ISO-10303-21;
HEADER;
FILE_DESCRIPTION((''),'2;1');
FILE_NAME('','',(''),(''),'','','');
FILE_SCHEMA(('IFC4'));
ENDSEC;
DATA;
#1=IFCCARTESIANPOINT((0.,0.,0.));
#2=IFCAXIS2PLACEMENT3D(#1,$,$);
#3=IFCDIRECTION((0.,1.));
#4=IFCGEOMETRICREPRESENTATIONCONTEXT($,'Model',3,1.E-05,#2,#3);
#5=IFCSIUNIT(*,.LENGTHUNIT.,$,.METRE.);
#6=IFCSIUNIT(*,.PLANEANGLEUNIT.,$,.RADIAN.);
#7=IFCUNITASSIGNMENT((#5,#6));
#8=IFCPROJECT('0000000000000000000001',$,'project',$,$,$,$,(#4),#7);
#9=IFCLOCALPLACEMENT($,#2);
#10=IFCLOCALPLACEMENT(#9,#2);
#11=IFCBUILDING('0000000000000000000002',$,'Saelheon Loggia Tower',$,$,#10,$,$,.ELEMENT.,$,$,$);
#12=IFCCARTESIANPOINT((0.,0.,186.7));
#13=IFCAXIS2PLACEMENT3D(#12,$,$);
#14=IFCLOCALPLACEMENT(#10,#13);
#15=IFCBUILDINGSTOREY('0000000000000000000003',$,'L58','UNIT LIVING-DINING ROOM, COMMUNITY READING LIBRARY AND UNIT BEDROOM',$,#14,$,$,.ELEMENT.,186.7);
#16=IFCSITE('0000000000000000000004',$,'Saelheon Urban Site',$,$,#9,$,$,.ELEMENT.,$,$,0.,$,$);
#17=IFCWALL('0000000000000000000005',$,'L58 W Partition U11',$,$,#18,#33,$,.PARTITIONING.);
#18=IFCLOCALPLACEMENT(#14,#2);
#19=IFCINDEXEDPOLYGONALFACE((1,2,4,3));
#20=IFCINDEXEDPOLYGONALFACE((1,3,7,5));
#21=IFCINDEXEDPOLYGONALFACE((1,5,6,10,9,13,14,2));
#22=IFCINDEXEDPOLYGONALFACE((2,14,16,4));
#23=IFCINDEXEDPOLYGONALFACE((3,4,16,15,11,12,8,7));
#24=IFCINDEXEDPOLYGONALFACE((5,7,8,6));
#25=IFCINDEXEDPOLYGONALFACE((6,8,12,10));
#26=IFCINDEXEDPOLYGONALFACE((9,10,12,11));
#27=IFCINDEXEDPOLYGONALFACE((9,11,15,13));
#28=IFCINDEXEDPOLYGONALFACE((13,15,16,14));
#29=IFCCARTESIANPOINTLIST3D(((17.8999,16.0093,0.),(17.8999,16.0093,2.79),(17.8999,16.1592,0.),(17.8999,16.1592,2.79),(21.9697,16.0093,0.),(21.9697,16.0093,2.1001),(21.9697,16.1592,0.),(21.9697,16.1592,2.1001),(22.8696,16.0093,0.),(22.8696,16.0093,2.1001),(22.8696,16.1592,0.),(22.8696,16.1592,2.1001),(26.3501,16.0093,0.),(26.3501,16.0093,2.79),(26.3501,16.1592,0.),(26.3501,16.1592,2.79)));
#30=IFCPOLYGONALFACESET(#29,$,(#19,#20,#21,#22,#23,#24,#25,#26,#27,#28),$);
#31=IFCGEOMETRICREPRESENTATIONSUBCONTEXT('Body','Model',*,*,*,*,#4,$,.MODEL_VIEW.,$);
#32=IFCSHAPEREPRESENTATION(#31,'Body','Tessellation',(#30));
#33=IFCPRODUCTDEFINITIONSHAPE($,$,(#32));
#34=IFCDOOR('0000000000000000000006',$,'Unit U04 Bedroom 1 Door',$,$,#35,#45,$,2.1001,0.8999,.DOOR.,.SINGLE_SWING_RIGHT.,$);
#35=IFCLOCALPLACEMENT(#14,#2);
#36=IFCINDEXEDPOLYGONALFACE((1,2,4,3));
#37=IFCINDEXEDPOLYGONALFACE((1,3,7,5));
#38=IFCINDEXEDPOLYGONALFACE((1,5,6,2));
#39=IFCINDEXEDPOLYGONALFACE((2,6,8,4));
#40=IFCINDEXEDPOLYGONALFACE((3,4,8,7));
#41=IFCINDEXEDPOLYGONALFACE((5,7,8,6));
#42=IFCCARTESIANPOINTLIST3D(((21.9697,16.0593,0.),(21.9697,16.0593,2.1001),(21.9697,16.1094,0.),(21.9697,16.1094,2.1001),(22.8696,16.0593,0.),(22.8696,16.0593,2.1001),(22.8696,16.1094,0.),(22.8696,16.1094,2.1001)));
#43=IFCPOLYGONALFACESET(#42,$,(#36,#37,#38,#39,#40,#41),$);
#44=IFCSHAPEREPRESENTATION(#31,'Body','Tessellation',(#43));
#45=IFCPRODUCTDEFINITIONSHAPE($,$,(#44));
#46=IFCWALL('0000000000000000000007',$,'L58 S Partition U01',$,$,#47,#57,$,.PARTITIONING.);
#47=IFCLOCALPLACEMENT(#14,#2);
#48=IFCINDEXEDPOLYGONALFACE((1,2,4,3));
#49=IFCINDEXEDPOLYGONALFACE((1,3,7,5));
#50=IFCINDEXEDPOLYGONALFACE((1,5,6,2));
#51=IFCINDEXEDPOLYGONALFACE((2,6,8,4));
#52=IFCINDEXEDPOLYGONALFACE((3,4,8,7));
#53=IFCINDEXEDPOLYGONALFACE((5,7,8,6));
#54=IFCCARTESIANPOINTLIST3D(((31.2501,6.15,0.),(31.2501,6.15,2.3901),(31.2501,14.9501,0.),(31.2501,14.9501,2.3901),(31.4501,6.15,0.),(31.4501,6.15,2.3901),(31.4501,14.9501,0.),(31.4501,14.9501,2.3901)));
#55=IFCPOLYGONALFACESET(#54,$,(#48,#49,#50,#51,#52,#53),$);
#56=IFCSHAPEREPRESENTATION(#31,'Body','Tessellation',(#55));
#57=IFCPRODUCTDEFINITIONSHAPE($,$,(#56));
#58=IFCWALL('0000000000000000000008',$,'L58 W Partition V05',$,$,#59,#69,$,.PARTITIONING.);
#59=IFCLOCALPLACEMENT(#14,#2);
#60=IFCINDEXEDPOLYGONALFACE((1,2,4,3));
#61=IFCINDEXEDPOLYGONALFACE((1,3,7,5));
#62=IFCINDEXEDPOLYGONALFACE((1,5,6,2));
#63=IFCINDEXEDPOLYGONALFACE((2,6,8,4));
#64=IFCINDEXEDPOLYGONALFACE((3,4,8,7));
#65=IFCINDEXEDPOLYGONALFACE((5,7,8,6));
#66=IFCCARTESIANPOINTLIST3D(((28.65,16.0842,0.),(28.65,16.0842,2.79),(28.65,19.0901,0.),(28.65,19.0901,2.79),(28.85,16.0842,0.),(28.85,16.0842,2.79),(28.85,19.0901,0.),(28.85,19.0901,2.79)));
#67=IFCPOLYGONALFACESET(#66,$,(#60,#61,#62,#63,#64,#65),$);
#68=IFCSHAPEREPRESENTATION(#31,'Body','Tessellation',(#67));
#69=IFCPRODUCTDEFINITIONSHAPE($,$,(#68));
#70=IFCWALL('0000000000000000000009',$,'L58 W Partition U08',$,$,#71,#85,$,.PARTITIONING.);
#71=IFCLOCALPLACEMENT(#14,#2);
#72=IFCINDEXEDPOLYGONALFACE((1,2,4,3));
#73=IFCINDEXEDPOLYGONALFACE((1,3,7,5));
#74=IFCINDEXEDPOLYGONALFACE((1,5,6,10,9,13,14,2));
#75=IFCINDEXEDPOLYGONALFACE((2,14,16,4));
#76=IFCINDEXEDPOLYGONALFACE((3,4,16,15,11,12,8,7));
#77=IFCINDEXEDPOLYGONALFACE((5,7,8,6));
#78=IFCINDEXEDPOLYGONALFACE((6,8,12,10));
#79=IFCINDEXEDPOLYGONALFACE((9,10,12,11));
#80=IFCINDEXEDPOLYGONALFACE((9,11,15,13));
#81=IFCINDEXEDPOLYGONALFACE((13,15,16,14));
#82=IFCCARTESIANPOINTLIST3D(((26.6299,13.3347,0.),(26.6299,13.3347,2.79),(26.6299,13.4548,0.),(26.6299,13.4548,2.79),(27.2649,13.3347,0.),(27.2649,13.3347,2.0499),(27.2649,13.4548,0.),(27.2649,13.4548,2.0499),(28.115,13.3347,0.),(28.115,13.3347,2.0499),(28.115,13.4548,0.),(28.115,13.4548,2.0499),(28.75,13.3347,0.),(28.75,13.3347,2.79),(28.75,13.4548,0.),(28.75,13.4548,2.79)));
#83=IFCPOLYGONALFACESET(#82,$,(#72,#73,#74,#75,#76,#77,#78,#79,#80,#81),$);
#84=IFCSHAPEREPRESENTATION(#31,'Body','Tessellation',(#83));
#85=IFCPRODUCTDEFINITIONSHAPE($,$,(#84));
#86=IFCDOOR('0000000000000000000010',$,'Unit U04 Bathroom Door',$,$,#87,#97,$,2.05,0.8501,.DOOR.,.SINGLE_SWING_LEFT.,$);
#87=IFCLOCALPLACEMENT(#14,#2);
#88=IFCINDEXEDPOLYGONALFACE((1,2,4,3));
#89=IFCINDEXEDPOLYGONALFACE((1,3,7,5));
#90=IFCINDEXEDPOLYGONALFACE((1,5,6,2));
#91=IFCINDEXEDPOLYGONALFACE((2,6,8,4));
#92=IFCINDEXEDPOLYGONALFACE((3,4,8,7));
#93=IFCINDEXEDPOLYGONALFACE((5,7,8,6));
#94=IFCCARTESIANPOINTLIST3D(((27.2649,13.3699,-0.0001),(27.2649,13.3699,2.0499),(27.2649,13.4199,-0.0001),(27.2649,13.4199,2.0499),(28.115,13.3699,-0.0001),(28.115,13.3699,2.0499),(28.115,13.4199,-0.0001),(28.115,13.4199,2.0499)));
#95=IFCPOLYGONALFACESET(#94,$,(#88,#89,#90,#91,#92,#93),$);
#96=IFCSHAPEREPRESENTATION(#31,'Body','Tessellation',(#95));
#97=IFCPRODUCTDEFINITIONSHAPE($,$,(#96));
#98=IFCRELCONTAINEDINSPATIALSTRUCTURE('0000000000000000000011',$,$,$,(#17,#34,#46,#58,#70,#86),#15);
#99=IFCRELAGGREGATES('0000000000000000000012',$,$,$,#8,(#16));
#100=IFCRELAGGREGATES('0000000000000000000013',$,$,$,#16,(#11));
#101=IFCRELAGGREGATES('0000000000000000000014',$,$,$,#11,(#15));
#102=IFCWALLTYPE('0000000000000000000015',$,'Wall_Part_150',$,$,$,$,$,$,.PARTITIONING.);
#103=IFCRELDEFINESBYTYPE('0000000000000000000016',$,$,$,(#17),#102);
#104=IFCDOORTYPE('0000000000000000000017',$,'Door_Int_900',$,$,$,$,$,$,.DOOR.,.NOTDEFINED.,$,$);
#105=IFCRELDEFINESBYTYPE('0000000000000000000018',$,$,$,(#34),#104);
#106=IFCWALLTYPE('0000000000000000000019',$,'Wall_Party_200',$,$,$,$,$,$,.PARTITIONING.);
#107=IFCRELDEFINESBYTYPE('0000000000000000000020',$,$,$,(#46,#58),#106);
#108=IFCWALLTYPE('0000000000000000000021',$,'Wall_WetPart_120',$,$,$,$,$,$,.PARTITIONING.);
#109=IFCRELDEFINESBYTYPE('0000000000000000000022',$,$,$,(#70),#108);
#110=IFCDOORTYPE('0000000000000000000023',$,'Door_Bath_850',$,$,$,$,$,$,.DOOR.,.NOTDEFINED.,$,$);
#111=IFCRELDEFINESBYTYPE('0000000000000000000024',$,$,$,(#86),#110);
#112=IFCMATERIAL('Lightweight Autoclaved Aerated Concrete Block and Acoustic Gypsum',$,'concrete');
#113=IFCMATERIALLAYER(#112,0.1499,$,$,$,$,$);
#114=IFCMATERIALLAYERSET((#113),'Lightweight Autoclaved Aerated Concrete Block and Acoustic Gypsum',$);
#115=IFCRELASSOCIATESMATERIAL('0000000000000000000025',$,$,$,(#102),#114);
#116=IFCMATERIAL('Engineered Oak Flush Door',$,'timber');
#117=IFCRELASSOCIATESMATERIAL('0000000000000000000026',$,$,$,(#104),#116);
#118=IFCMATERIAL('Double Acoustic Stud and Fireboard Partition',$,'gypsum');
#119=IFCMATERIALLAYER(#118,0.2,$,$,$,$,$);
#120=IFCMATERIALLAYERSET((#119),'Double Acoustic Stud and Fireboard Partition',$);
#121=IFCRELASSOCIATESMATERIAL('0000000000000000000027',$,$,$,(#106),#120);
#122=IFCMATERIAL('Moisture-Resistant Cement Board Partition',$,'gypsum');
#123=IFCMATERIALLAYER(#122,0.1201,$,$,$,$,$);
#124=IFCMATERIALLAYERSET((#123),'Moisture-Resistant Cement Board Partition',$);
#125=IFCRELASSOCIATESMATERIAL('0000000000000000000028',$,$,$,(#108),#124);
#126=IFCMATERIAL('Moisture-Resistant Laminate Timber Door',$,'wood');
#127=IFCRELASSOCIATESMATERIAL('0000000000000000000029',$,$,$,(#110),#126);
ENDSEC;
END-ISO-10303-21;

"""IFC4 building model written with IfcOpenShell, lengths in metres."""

from ifc_helpers import new_model, si_unit, direction, frame, frame_2d, origin, place, context, subcontext, project, spatial, rectangle, extrude, source, transform, mapped, material, layer, layer_set, type_object, element, fill, save


model = new_model("IFC4")

# Units and contexts
model_context = context("Model", 3, precision=1e-05, world=origin(), true_north=direction((0.0, 1.0)))
body_context = subcontext(model_context, "Body", "Model", "MODEL_VIEW")
ifc_project = project(units=[si_unit("LENGTHUNIT", "METRE"), si_unit("PLANEANGLEUNIT", "RADIAN")], contexts=[model_context])

# Site, building, storey
site_placement = place(None, origin())
site = spatial("IfcSite", under=ifc_project, at=site_placement, Name="Saelheon Urban Site", CompositionType="ELEMENT", RefElevation=0.0)
building_placement = place(site_placement, origin())
building = spatial("IfcBuilding", under=site, at=building_placement, Name="Saelheon Loggia Tower", CompositionType="ELEMENT")
storey_placement = place(building_placement, frame((0.0, 0.0, 186.7)))
storey = spatial("IfcBuildingStorey", under=building, at=storey_placement, Name="L58", Description="UNIT LIVING-DINING ROOM, COMMUNITY READING LIBRARY AND UNIT BEDROOM", CompositionType="ELEMENT", Elevation=186.7)

# Shared definitions
ifc_material_1 = material(Name="Lightweight Autoclaved Aerated Concrete Block and Acoustic Gypsum", Category="concrete")
ifc_layer_1 = layer(ifc_material_1, 0.1499)
ifc_layer_set_1 = layer_set([ifc_layer_1], Name="Lightweight Autoclaved Aerated Concrete Block and Acoustic Gypsum")
wall_type_1 = type_object("IfcWallType", Name="Wall_Part_150", PredefinedType="PARTITIONING", material=ifc_layer_set_1)

# Wall, opening, door
ifc_material_2 = material(Name="Engineered Oak Flush Door", Category="timber")
door_type_1 = type_object("IfcDoorType", Name="Door_Int_900", OperationType="NOTDEFINED", PredefinedType="DOOR", material=ifc_material_2)
shared_shape_1 = source(origin(), body_context, "Body", "SweptSolid", [
    extrude(rectangle(XDim=0.8999, YDim=2.1001, at=frame_2d((0.45, 1.05))), frame((0.0, 0.0249, 0.0), z_axis=(0.0, -1.0, 0.0), x_axis=(1.0, 0.0, 0.0)), (0.0, 0.0, 1.0), 0.05),
])
wall_1_placement = place(storey_placement, frame((26.3501, 16.0842, 0.0), z_axis=(0.0, 0.0, 1.0), x_axis=(-1.0, 0.0, 0.0)))
wall_1 = element("IfcWall", 1, at=wall_1_placement, inside=storey, type_object=wall_type_1, Name="L58 W Partition U11", PredefinedType="PARTITIONING", context=body_context, shape_type="SweptSolid", body=[
    extrude(rectangle(XDim=8.4502, YDim=0.1499, at=frame_2d((4.2251, 0.0))), origin(), (0.0, 0.0, 1.0), 2.79),
])
opening_1_placement = place(wall_1_placement, frame((3.4805, 0.0, 0.0)))
opening_1 = element("IfcOpeningElement", 2, at=opening_1_placement, cuts=wall_1, PredefinedType="OPENING", context=body_context, shape_type="SweptSolid", body=[
    extrude(rectangle(XDim=0.8999, YDim=2.1001, at=frame_2d((0.45, 1.05))), frame((0.0, 0.0869, 0.0), z_axis=(0.0, -1.0, 0.0), x_axis=(1.0, 0.0, 0.0)), (0.0, 0.0, 1.0), 0.1738),
])
door_1_placement = place(opening_1_placement, origin())
door_1 = element("IfcDoor", 3, at=door_1_placement, inside=storey, type_object=door_type_1, Name="Unit U04 Bedroom 1 Door", OperationType="SINGLE_SWING_RIGHT", OverallHeight=2.1001, OverallWidth=0.8999, PredefinedType="DOOR", context=body_context, shape_type="MappedRepresentation", body=[
    mapped(shared_shape_1, transform((0.0, 0.0, 0.0), scale=1.0)),
])
fill(opening_1, door_1)

# Wall
ifc_material_3 = material(Name="Double Acoustic Stud and Fireboard Partition", Category="gypsum")
ifc_layer_2 = layer(ifc_material_3, 0.2)
ifc_layer_set_2 = layer_set([ifc_layer_2], Name="Double Acoustic Stud and Fireboard Partition")
wall_type_2 = type_object("IfcWallType", Name="Wall_Party_200", PredefinedType="PARTITIONING", material=ifc_layer_set_2)
wall_2_placement = place(storey_placement, frame((31.3501, 14.95, 0.0), z_axis=(0.0, 0.0, 1.0), x_axis=(0.0, -1.0, 0.0)))
element("IfcWall", 4, at=wall_2_placement, inside=storey, type_object=wall_type_2, Name="L58 S Partition U01", PredefinedType="PARTITIONING", context=body_context, shape_type="SweptSolid", body=[
    extrude(rectangle(XDim=8.8, YDim=0.2, at=frame_2d((4.3999, 0.0))), origin(), (0.0, 0.0, 1.0), 2.3901),
])

# Wall
wall_3_placement = place(storey_placement, frame((28.75, 16.0842, 0.0), z_axis=(0.0, 0.0, 1.0), x_axis=(0.0, 1.0, 0.0)))
element("IfcWall", 5, at=wall_3_placement, inside=storey, type_object=wall_type_2, Name="L58 W Partition V05", PredefinedType="PARTITIONING", context=body_context, shape_type="SweptSolid", body=[
    extrude(rectangle(XDim=3.0059, YDim=0.2, at=frame_2d((1.5029, 0.0))), origin(), (0.0, 0.0, 1.0), 2.79),
])

# Wall, opening, door
ifc_material_4 = material(Name="Moisture-Resistant Cement Board Partition", Category="gypsum")
ifc_layer_3 = layer(ifc_material_4, 0.1201)
ifc_layer_set_3 = layer_set([ifc_layer_3], Name="Moisture-Resistant Cement Board Partition")
wall_type_3 = type_object("IfcWallType", Name="Wall_WetPart_120", PredefinedType="PARTITIONING", material=ifc_layer_set_3)
wall_4_placement = place(storey_placement, frame((28.75, 13.3948, 0.0), z_axis=(0.0, 0.0, 1.0), x_axis=(-1.0, 0.0, 0.0)))
wall_4 = element("IfcWall", 6, at=wall_4_placement, inside=storey, type_object=wall_type_3, Name="L58 W Partition U08", PredefinedType="PARTITIONING", context=body_context, shape_type="SweptSolid", body=[
    extrude(rectangle(XDim=2.1201, YDim=0.1201, at=frame_2d((1.0601, 0.0))), origin(), (0.0, 0.0, 1.0), 2.79),
])
opening_2_placement = place(wall_4_placement, frame((0.635, 0.0, 0.0)))
opening_2 = element("IfcOpeningElement", 7, at=opening_2_placement, cuts=wall_4, PredefinedType="OPENING", context=body_context, shape_type="SweptSolid", body=[
    extrude(rectangle(XDim=0.8501, YDim=2.05, at=frame_2d((0.425, 1.0249))), frame((0.0, 0.072, 0.0), z_axis=(0.0, -1.0, 0.0), x_axis=(1.0, 0.0, 0.0)), (0.0, 0.0, 1.0), 0.144),
])
ifc_material_5 = material(Name="Moisture-Resistant Laminate Timber Door", Category="wood")
door_type_2 = type_object("IfcDoorType", Name="Door_Bath_850", OperationType="NOTDEFINED", PredefinedType="DOOR", material=ifc_material_5)
shared_shape_2 = source(origin(), body_context, "Body", "SweptSolid", [
    extrude(rectangle(XDim=0.8501, YDim=2.05, at=frame_2d((0.425, 1.0249))), frame((0.0, 0.0249, 0.0), z_axis=(0.0, -1.0, 0.0), x_axis=(1.0, 0.0, 0.0)), (0.0, 0.0, 1.0), 0.05),
])
door_2_placement = place(opening_2_placement, origin())
door_2 = element("IfcDoor", 8, at=door_2_placement, inside=storey, type_object=door_type_2, Name="Unit U04 Bathroom Door", OperationType="SINGLE_SWING_LEFT", OverallHeight=2.05, OverallWidth=0.8501, PredefinedType="DOOR", context=body_context, shape_type="MappedRepresentation", body=[
    mapped(shared_shape_2, transform((0.0, 0.0, 0.0), scale=1.0)),
])
fill(opening_2, door_2)

save(model, "model.ifc")
